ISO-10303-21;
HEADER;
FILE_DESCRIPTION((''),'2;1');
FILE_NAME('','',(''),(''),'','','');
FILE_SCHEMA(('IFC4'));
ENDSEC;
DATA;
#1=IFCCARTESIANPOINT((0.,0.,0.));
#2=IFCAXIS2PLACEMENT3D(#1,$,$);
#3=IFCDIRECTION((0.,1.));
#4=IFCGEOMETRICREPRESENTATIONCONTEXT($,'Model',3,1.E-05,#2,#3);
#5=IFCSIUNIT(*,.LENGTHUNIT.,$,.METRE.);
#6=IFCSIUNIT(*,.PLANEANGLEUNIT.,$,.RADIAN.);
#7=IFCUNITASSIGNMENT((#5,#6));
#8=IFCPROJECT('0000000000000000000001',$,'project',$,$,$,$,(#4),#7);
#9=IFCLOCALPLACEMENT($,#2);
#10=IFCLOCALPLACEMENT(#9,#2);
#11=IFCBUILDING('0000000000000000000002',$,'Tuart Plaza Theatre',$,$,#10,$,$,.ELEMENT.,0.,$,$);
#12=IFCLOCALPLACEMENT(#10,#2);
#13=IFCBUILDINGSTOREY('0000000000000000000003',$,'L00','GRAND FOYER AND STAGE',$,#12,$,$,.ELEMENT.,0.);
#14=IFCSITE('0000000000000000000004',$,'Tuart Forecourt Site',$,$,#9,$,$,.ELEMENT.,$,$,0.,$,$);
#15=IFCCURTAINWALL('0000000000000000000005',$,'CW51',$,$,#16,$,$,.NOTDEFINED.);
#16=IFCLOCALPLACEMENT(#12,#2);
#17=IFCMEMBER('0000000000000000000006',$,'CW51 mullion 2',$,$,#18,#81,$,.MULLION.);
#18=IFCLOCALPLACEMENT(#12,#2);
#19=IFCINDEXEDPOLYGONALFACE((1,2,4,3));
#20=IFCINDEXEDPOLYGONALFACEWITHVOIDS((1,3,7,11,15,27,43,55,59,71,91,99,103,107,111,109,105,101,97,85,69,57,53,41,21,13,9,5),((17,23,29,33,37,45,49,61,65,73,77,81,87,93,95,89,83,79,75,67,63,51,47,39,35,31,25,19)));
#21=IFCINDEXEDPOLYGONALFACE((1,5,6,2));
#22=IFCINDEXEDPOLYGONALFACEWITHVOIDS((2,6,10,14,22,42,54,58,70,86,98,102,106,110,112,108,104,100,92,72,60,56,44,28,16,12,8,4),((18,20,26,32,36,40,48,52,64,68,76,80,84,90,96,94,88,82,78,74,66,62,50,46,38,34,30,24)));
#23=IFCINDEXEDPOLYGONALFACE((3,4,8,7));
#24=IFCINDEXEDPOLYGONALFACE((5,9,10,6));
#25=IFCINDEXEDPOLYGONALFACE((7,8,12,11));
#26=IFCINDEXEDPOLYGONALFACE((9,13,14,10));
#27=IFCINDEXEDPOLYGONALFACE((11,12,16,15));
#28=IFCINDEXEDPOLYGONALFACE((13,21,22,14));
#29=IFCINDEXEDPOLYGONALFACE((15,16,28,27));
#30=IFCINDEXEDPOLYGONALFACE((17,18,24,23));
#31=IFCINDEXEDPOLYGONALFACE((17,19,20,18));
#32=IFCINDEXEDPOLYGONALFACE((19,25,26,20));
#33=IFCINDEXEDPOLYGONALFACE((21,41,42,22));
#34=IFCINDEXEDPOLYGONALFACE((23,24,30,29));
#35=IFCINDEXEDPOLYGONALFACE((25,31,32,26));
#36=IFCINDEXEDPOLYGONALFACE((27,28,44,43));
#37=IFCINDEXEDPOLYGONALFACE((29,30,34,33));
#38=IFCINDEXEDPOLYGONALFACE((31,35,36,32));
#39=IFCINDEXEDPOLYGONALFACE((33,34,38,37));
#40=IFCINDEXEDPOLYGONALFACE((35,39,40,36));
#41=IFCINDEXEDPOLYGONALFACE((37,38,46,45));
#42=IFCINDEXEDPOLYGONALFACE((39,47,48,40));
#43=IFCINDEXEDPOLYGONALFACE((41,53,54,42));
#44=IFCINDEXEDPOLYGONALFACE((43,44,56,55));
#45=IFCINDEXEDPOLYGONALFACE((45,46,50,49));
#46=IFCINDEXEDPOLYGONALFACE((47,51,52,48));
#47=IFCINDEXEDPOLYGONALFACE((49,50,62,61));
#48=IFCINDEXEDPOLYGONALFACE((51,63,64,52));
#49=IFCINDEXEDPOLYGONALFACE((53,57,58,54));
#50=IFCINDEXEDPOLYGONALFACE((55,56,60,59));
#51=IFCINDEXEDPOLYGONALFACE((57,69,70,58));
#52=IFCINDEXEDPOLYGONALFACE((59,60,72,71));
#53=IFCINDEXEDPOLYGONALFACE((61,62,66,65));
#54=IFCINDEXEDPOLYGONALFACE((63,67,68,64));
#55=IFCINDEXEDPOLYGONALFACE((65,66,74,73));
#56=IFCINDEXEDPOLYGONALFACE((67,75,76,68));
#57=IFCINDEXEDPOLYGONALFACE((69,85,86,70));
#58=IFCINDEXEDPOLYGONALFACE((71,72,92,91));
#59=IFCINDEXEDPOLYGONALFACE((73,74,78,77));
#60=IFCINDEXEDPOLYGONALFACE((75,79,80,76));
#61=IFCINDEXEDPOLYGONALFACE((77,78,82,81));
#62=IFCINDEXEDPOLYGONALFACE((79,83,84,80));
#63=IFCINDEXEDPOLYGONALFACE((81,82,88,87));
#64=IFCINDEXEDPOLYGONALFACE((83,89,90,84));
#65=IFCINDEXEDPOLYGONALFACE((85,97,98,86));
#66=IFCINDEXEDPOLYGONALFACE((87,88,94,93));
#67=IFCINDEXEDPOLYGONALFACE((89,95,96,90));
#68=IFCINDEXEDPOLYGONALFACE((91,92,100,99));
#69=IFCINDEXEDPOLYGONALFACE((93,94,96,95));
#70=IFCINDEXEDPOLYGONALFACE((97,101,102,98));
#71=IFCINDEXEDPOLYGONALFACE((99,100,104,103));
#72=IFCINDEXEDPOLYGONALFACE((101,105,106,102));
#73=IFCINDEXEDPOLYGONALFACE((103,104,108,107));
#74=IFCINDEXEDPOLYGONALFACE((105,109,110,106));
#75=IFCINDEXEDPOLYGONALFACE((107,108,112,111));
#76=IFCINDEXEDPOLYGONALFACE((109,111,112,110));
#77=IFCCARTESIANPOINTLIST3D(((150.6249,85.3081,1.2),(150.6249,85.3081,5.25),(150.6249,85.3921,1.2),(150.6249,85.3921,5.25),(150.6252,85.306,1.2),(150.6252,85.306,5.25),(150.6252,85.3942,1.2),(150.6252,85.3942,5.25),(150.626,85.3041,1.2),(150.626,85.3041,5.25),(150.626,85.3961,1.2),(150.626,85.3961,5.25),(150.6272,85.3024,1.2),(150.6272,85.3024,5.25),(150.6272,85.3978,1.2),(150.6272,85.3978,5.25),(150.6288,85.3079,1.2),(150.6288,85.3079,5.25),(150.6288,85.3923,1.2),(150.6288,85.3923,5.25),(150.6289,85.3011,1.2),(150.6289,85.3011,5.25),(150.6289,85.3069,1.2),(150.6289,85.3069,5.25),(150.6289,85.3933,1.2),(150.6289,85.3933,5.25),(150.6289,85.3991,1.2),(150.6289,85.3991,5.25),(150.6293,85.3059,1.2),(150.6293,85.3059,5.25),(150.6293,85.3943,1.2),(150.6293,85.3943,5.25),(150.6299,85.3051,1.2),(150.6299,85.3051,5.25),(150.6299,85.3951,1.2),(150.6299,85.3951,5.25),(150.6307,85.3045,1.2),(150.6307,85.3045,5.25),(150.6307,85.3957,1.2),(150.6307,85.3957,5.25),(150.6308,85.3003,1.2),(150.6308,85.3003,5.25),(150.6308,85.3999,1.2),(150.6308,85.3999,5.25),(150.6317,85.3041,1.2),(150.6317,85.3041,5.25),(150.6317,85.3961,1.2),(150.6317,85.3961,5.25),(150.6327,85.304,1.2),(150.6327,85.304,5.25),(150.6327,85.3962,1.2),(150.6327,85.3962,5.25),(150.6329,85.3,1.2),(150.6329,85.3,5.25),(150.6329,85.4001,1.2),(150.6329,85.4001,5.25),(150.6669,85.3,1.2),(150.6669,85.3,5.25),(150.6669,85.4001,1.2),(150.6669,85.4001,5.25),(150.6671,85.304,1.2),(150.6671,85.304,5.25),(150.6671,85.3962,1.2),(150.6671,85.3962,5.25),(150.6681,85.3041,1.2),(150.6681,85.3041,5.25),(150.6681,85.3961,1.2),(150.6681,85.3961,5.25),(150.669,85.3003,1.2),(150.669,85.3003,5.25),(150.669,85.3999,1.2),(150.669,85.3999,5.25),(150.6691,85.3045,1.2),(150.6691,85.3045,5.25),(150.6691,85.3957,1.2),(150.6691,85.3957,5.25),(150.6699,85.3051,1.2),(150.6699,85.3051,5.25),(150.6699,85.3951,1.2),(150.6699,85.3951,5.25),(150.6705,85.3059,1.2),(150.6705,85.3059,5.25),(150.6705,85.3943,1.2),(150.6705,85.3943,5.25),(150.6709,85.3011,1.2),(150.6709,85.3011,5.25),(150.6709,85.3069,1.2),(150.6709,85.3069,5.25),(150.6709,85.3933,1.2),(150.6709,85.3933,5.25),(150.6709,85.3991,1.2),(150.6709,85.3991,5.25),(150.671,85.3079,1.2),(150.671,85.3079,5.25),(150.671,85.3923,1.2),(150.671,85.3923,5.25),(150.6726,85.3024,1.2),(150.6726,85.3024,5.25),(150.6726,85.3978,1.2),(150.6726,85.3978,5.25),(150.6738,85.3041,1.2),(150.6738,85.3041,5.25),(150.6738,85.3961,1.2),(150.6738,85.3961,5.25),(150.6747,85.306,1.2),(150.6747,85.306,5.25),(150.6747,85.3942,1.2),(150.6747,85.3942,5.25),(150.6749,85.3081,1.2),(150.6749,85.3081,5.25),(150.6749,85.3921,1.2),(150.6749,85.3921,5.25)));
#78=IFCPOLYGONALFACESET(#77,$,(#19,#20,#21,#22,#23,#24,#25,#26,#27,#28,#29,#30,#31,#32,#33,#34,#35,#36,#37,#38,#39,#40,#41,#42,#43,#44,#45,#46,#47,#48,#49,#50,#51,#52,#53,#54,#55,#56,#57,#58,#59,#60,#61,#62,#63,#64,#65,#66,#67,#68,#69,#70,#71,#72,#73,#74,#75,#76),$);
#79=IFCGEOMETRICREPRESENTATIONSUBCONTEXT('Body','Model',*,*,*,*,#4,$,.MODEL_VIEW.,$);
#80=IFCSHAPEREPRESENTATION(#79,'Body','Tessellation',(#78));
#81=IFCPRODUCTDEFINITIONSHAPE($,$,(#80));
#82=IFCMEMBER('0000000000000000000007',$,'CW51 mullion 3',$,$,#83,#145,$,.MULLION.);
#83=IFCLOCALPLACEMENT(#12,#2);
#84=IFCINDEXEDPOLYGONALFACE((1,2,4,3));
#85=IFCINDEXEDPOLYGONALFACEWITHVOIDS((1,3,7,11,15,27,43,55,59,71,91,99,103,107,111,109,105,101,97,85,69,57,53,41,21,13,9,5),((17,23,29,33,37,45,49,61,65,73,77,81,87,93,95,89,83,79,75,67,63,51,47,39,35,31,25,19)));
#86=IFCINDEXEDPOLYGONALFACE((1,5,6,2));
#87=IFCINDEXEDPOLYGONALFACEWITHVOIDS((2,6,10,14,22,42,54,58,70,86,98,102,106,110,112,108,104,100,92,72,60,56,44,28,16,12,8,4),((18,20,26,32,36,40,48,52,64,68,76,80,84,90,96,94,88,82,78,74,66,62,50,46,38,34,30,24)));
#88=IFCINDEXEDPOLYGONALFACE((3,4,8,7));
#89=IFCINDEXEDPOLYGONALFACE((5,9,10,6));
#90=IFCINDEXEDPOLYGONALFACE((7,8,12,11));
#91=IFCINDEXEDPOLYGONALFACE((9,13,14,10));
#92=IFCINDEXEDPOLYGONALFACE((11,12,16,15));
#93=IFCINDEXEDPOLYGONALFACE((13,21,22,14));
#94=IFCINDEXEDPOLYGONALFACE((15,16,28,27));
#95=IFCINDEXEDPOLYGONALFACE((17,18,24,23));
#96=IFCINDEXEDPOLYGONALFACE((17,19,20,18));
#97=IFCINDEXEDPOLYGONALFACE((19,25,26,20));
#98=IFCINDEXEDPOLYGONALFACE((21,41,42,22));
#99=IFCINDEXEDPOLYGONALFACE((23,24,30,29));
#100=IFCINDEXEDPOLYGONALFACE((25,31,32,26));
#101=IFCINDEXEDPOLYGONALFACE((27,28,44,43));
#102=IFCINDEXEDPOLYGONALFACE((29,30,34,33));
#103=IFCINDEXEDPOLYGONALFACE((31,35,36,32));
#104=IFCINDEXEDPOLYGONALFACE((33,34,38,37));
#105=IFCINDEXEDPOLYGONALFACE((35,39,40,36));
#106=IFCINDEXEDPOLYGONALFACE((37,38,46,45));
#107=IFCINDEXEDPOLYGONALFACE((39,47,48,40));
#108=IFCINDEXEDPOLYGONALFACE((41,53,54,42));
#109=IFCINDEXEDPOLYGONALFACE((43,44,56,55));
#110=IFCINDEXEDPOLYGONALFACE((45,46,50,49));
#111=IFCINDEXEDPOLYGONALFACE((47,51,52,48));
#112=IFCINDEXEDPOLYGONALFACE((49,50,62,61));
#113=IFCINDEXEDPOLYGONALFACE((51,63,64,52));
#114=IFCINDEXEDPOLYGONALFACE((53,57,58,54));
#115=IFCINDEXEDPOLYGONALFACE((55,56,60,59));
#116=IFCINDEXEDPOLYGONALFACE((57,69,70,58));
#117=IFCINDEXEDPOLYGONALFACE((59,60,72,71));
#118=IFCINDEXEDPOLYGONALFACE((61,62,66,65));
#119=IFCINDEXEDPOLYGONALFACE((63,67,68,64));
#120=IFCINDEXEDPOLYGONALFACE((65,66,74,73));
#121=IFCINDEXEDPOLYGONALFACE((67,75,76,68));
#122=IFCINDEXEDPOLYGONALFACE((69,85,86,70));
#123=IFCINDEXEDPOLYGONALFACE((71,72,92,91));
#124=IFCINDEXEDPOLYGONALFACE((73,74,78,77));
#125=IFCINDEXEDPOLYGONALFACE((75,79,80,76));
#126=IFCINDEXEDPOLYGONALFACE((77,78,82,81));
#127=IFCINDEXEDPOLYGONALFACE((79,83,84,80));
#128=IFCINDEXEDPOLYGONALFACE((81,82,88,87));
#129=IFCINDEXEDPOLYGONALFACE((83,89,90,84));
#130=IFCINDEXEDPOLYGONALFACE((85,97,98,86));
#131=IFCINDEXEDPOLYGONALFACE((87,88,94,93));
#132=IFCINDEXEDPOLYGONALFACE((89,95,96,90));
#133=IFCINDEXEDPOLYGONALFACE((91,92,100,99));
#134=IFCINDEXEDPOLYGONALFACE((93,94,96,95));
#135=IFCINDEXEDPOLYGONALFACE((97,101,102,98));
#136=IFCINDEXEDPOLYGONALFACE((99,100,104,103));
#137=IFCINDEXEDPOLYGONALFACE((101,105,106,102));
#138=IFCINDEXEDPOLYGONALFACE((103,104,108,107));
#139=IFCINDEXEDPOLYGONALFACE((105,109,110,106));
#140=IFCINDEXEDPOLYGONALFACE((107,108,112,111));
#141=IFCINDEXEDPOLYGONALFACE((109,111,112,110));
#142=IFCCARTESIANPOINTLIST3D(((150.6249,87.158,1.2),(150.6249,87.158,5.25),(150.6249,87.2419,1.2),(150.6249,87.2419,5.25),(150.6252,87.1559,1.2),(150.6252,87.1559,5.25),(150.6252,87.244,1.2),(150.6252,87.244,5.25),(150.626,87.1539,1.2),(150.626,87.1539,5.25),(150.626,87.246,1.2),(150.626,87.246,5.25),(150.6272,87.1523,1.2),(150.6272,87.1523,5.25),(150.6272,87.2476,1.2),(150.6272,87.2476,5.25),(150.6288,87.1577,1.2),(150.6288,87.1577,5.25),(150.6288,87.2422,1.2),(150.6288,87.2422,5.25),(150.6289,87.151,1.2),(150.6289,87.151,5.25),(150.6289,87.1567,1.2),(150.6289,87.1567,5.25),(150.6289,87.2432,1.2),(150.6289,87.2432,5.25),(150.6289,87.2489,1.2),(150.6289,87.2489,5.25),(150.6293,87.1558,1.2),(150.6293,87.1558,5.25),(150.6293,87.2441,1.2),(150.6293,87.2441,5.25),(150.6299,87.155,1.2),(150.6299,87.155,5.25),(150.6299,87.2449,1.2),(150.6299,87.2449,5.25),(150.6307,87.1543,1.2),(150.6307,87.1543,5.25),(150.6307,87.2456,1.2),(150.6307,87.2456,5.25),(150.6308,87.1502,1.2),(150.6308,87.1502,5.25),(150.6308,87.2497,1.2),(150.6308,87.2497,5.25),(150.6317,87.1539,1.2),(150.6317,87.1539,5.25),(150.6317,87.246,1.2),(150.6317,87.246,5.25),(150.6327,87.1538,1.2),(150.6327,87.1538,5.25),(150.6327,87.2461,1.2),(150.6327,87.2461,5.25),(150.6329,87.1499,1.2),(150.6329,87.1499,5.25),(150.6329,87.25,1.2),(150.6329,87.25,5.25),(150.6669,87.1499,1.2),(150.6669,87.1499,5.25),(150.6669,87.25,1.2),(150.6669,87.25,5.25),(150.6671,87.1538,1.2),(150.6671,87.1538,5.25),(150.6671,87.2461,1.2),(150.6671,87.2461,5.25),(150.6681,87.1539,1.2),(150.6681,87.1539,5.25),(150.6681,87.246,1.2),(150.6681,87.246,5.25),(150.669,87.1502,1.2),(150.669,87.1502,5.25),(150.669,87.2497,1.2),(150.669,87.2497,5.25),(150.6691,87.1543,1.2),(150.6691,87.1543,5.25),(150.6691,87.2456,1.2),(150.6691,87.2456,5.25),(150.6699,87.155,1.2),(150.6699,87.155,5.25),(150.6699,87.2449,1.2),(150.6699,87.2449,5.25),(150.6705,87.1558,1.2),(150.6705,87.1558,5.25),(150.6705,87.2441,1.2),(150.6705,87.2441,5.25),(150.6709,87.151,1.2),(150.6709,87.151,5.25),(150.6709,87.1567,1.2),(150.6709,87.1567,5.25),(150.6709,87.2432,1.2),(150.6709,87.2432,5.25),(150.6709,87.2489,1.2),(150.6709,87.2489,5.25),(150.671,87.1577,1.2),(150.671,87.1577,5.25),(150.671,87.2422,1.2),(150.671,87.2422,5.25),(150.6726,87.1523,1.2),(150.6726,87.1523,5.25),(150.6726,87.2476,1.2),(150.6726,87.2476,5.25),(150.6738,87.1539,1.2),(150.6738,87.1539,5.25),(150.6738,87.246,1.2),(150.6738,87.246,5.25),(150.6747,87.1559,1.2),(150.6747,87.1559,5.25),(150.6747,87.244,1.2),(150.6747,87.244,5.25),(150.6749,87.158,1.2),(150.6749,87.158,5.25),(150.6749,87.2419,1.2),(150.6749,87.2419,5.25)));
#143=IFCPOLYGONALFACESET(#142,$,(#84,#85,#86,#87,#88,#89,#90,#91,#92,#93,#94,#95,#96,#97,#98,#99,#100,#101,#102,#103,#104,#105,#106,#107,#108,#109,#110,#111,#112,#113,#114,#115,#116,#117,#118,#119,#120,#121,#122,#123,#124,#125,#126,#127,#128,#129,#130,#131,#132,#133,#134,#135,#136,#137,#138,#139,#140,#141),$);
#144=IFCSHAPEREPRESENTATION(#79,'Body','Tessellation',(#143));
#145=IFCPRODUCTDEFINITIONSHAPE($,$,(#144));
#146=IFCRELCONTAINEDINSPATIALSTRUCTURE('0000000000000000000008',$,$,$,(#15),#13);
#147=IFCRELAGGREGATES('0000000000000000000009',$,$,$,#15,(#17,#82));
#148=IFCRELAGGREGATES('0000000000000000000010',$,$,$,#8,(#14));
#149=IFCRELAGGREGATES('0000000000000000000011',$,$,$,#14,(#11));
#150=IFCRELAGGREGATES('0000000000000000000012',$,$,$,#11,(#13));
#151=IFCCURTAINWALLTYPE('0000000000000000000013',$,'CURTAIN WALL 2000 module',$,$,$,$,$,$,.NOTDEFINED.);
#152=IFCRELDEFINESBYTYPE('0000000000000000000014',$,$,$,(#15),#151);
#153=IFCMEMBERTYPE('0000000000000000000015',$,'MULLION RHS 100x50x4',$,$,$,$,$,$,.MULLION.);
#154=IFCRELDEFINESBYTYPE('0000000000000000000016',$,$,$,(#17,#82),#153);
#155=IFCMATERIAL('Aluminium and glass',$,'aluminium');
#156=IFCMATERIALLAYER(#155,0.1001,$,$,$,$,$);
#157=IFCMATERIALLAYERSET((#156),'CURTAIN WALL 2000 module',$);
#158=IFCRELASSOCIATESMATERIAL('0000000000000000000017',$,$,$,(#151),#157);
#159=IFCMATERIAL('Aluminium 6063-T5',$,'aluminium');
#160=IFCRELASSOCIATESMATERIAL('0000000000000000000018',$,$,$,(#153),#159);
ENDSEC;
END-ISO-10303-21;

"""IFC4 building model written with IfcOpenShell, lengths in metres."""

from ifc_helpers import new_model, si_unit, direction, frame, origin, origin_2d, place, context, subcontext, project, spatial, hollow_rectangle, extrude, material, layer, layer_set, material_profile, profile_set, type_object, element, aggregate, save


model = new_model("IFC4")

# Units and contexts
model_context = context("Model", 3, precision=1e-05, world=origin(), true_north=direction((0.0, 1.0)))
body_context = subcontext(model_context, "Body", "Model", "MODEL_VIEW")
ifc_project = project(units=[si_unit("LENGTHUNIT", "METRE"), si_unit("PLANEANGLEUNIT", "RADIAN")], contexts=[model_context])

# Site, building, storey
site_placement = place(None, origin())
site = spatial("IfcSite", under=ifc_project, at=site_placement, Name="Tuart Forecourt Site", CompositionType="ELEMENT", RefElevation=0.0)
building_placement = place(site_placement, origin())
building = spatial("IfcBuilding", under=site, at=building_placement, Name="Tuart Plaza Theatre", CompositionType="ELEMENT", ElevationOfRefHeight=0.0)
storey_placement = place(building_placement, origin())
storey = spatial("IfcBuildingStorey", under=building, at=storey_placement, Name="L00", Description="GRAND FOYER AND STAGE", CompositionType="ELEMENT", Elevation=0.0)

# Curtain wall, members
ifc_material_1 = material(Name="Aluminium and glass", Category="aluminium")
ifc_layer_1 = layer(ifc_material_1, 0.1001)
ifc_layer_set_1 = layer_set([ifc_layer_1], Name="CURTAIN WALL 2000 module")
curtain_wall_type = type_object("IfcCurtainWallType", Name="CURTAIN WALL 2000 module", PredefinedType="NOTDEFINED", material=ifc_layer_set_1)
curtain_wall_placement = place(storey_placement, origin())
curtain_wall = element("IfcCurtainWall", 1, at=curtain_wall_placement, inside=storey, type_object=curtain_wall_type, Name="CW51", PredefinedType="NOTDEFINED")
ifc_material_2 = material(Name="Aluminium 6063-T5", Category="aluminium")
ifc_material_profile_1 = material_profile(ifc_material_2, hollow_rectangle(XDim=0.05, YDim=0.1001, WallThickness=0.0039, InnerFilletRadius=0.0039, OuterFilletRadius=0.0081, at=origin_2d()), Name="RHS 100x50x4")
ifc_profile_set_1 = profile_set([ifc_material_profile_1], Name="Aluminium 6063-T5")
member_type_1 = type_object("IfcMemberType", Name="MULLION RHS 100x50x4", PredefinedType="MULLION", material=ifc_profile_set_1)
member_1_placement = place(storey_placement, frame((150.6499, 85.3501, 1.2), z_axis=(0.0, 0.0, 1.0), x_axis=(-1.0, 0.0, 0.0)))
member_1 = element("IfcMember", 2, at=member_1_placement, type_object=member_type_1, Name="CW51 mullion 2", PredefinedType="MULLION", context=body_context, shape_type="SweptSolid", body=[
    extrude(hollow_rectangle(XDim=0.05, YDim=0.1001, WallThickness=0.0039, InnerFilletRadius=0.0039, OuterFilletRadius=0.0081, at=origin_2d()), origin(), (0.0, 0.0, 1.0), 4.05),
])
member_2_placement = place(storey_placement, frame((150.6499, 87.2, 1.2), z_axis=(0.0, 0.0, 1.0), x_axis=(-1.0, 0.0, 0.0)))
member_2 = element("IfcMember", 3, at=member_2_placement, type_object=member_type_1, Name="CW51 mullion 3", PredefinedType="MULLION", context=body_context, shape_type="SweptSolid", body=[
    extrude(hollow_rectangle(XDim=0.05, YDim=0.1001, WallThickness=0.0039, InnerFilletRadius=0.0039, OuterFilletRadius=0.0081, at=origin_2d()), origin(), (0.0, 0.0, 1.0), 4.05),
])
aggregate(curtain_wall, [member_1, member_2])

save(model, "model.ifc")
